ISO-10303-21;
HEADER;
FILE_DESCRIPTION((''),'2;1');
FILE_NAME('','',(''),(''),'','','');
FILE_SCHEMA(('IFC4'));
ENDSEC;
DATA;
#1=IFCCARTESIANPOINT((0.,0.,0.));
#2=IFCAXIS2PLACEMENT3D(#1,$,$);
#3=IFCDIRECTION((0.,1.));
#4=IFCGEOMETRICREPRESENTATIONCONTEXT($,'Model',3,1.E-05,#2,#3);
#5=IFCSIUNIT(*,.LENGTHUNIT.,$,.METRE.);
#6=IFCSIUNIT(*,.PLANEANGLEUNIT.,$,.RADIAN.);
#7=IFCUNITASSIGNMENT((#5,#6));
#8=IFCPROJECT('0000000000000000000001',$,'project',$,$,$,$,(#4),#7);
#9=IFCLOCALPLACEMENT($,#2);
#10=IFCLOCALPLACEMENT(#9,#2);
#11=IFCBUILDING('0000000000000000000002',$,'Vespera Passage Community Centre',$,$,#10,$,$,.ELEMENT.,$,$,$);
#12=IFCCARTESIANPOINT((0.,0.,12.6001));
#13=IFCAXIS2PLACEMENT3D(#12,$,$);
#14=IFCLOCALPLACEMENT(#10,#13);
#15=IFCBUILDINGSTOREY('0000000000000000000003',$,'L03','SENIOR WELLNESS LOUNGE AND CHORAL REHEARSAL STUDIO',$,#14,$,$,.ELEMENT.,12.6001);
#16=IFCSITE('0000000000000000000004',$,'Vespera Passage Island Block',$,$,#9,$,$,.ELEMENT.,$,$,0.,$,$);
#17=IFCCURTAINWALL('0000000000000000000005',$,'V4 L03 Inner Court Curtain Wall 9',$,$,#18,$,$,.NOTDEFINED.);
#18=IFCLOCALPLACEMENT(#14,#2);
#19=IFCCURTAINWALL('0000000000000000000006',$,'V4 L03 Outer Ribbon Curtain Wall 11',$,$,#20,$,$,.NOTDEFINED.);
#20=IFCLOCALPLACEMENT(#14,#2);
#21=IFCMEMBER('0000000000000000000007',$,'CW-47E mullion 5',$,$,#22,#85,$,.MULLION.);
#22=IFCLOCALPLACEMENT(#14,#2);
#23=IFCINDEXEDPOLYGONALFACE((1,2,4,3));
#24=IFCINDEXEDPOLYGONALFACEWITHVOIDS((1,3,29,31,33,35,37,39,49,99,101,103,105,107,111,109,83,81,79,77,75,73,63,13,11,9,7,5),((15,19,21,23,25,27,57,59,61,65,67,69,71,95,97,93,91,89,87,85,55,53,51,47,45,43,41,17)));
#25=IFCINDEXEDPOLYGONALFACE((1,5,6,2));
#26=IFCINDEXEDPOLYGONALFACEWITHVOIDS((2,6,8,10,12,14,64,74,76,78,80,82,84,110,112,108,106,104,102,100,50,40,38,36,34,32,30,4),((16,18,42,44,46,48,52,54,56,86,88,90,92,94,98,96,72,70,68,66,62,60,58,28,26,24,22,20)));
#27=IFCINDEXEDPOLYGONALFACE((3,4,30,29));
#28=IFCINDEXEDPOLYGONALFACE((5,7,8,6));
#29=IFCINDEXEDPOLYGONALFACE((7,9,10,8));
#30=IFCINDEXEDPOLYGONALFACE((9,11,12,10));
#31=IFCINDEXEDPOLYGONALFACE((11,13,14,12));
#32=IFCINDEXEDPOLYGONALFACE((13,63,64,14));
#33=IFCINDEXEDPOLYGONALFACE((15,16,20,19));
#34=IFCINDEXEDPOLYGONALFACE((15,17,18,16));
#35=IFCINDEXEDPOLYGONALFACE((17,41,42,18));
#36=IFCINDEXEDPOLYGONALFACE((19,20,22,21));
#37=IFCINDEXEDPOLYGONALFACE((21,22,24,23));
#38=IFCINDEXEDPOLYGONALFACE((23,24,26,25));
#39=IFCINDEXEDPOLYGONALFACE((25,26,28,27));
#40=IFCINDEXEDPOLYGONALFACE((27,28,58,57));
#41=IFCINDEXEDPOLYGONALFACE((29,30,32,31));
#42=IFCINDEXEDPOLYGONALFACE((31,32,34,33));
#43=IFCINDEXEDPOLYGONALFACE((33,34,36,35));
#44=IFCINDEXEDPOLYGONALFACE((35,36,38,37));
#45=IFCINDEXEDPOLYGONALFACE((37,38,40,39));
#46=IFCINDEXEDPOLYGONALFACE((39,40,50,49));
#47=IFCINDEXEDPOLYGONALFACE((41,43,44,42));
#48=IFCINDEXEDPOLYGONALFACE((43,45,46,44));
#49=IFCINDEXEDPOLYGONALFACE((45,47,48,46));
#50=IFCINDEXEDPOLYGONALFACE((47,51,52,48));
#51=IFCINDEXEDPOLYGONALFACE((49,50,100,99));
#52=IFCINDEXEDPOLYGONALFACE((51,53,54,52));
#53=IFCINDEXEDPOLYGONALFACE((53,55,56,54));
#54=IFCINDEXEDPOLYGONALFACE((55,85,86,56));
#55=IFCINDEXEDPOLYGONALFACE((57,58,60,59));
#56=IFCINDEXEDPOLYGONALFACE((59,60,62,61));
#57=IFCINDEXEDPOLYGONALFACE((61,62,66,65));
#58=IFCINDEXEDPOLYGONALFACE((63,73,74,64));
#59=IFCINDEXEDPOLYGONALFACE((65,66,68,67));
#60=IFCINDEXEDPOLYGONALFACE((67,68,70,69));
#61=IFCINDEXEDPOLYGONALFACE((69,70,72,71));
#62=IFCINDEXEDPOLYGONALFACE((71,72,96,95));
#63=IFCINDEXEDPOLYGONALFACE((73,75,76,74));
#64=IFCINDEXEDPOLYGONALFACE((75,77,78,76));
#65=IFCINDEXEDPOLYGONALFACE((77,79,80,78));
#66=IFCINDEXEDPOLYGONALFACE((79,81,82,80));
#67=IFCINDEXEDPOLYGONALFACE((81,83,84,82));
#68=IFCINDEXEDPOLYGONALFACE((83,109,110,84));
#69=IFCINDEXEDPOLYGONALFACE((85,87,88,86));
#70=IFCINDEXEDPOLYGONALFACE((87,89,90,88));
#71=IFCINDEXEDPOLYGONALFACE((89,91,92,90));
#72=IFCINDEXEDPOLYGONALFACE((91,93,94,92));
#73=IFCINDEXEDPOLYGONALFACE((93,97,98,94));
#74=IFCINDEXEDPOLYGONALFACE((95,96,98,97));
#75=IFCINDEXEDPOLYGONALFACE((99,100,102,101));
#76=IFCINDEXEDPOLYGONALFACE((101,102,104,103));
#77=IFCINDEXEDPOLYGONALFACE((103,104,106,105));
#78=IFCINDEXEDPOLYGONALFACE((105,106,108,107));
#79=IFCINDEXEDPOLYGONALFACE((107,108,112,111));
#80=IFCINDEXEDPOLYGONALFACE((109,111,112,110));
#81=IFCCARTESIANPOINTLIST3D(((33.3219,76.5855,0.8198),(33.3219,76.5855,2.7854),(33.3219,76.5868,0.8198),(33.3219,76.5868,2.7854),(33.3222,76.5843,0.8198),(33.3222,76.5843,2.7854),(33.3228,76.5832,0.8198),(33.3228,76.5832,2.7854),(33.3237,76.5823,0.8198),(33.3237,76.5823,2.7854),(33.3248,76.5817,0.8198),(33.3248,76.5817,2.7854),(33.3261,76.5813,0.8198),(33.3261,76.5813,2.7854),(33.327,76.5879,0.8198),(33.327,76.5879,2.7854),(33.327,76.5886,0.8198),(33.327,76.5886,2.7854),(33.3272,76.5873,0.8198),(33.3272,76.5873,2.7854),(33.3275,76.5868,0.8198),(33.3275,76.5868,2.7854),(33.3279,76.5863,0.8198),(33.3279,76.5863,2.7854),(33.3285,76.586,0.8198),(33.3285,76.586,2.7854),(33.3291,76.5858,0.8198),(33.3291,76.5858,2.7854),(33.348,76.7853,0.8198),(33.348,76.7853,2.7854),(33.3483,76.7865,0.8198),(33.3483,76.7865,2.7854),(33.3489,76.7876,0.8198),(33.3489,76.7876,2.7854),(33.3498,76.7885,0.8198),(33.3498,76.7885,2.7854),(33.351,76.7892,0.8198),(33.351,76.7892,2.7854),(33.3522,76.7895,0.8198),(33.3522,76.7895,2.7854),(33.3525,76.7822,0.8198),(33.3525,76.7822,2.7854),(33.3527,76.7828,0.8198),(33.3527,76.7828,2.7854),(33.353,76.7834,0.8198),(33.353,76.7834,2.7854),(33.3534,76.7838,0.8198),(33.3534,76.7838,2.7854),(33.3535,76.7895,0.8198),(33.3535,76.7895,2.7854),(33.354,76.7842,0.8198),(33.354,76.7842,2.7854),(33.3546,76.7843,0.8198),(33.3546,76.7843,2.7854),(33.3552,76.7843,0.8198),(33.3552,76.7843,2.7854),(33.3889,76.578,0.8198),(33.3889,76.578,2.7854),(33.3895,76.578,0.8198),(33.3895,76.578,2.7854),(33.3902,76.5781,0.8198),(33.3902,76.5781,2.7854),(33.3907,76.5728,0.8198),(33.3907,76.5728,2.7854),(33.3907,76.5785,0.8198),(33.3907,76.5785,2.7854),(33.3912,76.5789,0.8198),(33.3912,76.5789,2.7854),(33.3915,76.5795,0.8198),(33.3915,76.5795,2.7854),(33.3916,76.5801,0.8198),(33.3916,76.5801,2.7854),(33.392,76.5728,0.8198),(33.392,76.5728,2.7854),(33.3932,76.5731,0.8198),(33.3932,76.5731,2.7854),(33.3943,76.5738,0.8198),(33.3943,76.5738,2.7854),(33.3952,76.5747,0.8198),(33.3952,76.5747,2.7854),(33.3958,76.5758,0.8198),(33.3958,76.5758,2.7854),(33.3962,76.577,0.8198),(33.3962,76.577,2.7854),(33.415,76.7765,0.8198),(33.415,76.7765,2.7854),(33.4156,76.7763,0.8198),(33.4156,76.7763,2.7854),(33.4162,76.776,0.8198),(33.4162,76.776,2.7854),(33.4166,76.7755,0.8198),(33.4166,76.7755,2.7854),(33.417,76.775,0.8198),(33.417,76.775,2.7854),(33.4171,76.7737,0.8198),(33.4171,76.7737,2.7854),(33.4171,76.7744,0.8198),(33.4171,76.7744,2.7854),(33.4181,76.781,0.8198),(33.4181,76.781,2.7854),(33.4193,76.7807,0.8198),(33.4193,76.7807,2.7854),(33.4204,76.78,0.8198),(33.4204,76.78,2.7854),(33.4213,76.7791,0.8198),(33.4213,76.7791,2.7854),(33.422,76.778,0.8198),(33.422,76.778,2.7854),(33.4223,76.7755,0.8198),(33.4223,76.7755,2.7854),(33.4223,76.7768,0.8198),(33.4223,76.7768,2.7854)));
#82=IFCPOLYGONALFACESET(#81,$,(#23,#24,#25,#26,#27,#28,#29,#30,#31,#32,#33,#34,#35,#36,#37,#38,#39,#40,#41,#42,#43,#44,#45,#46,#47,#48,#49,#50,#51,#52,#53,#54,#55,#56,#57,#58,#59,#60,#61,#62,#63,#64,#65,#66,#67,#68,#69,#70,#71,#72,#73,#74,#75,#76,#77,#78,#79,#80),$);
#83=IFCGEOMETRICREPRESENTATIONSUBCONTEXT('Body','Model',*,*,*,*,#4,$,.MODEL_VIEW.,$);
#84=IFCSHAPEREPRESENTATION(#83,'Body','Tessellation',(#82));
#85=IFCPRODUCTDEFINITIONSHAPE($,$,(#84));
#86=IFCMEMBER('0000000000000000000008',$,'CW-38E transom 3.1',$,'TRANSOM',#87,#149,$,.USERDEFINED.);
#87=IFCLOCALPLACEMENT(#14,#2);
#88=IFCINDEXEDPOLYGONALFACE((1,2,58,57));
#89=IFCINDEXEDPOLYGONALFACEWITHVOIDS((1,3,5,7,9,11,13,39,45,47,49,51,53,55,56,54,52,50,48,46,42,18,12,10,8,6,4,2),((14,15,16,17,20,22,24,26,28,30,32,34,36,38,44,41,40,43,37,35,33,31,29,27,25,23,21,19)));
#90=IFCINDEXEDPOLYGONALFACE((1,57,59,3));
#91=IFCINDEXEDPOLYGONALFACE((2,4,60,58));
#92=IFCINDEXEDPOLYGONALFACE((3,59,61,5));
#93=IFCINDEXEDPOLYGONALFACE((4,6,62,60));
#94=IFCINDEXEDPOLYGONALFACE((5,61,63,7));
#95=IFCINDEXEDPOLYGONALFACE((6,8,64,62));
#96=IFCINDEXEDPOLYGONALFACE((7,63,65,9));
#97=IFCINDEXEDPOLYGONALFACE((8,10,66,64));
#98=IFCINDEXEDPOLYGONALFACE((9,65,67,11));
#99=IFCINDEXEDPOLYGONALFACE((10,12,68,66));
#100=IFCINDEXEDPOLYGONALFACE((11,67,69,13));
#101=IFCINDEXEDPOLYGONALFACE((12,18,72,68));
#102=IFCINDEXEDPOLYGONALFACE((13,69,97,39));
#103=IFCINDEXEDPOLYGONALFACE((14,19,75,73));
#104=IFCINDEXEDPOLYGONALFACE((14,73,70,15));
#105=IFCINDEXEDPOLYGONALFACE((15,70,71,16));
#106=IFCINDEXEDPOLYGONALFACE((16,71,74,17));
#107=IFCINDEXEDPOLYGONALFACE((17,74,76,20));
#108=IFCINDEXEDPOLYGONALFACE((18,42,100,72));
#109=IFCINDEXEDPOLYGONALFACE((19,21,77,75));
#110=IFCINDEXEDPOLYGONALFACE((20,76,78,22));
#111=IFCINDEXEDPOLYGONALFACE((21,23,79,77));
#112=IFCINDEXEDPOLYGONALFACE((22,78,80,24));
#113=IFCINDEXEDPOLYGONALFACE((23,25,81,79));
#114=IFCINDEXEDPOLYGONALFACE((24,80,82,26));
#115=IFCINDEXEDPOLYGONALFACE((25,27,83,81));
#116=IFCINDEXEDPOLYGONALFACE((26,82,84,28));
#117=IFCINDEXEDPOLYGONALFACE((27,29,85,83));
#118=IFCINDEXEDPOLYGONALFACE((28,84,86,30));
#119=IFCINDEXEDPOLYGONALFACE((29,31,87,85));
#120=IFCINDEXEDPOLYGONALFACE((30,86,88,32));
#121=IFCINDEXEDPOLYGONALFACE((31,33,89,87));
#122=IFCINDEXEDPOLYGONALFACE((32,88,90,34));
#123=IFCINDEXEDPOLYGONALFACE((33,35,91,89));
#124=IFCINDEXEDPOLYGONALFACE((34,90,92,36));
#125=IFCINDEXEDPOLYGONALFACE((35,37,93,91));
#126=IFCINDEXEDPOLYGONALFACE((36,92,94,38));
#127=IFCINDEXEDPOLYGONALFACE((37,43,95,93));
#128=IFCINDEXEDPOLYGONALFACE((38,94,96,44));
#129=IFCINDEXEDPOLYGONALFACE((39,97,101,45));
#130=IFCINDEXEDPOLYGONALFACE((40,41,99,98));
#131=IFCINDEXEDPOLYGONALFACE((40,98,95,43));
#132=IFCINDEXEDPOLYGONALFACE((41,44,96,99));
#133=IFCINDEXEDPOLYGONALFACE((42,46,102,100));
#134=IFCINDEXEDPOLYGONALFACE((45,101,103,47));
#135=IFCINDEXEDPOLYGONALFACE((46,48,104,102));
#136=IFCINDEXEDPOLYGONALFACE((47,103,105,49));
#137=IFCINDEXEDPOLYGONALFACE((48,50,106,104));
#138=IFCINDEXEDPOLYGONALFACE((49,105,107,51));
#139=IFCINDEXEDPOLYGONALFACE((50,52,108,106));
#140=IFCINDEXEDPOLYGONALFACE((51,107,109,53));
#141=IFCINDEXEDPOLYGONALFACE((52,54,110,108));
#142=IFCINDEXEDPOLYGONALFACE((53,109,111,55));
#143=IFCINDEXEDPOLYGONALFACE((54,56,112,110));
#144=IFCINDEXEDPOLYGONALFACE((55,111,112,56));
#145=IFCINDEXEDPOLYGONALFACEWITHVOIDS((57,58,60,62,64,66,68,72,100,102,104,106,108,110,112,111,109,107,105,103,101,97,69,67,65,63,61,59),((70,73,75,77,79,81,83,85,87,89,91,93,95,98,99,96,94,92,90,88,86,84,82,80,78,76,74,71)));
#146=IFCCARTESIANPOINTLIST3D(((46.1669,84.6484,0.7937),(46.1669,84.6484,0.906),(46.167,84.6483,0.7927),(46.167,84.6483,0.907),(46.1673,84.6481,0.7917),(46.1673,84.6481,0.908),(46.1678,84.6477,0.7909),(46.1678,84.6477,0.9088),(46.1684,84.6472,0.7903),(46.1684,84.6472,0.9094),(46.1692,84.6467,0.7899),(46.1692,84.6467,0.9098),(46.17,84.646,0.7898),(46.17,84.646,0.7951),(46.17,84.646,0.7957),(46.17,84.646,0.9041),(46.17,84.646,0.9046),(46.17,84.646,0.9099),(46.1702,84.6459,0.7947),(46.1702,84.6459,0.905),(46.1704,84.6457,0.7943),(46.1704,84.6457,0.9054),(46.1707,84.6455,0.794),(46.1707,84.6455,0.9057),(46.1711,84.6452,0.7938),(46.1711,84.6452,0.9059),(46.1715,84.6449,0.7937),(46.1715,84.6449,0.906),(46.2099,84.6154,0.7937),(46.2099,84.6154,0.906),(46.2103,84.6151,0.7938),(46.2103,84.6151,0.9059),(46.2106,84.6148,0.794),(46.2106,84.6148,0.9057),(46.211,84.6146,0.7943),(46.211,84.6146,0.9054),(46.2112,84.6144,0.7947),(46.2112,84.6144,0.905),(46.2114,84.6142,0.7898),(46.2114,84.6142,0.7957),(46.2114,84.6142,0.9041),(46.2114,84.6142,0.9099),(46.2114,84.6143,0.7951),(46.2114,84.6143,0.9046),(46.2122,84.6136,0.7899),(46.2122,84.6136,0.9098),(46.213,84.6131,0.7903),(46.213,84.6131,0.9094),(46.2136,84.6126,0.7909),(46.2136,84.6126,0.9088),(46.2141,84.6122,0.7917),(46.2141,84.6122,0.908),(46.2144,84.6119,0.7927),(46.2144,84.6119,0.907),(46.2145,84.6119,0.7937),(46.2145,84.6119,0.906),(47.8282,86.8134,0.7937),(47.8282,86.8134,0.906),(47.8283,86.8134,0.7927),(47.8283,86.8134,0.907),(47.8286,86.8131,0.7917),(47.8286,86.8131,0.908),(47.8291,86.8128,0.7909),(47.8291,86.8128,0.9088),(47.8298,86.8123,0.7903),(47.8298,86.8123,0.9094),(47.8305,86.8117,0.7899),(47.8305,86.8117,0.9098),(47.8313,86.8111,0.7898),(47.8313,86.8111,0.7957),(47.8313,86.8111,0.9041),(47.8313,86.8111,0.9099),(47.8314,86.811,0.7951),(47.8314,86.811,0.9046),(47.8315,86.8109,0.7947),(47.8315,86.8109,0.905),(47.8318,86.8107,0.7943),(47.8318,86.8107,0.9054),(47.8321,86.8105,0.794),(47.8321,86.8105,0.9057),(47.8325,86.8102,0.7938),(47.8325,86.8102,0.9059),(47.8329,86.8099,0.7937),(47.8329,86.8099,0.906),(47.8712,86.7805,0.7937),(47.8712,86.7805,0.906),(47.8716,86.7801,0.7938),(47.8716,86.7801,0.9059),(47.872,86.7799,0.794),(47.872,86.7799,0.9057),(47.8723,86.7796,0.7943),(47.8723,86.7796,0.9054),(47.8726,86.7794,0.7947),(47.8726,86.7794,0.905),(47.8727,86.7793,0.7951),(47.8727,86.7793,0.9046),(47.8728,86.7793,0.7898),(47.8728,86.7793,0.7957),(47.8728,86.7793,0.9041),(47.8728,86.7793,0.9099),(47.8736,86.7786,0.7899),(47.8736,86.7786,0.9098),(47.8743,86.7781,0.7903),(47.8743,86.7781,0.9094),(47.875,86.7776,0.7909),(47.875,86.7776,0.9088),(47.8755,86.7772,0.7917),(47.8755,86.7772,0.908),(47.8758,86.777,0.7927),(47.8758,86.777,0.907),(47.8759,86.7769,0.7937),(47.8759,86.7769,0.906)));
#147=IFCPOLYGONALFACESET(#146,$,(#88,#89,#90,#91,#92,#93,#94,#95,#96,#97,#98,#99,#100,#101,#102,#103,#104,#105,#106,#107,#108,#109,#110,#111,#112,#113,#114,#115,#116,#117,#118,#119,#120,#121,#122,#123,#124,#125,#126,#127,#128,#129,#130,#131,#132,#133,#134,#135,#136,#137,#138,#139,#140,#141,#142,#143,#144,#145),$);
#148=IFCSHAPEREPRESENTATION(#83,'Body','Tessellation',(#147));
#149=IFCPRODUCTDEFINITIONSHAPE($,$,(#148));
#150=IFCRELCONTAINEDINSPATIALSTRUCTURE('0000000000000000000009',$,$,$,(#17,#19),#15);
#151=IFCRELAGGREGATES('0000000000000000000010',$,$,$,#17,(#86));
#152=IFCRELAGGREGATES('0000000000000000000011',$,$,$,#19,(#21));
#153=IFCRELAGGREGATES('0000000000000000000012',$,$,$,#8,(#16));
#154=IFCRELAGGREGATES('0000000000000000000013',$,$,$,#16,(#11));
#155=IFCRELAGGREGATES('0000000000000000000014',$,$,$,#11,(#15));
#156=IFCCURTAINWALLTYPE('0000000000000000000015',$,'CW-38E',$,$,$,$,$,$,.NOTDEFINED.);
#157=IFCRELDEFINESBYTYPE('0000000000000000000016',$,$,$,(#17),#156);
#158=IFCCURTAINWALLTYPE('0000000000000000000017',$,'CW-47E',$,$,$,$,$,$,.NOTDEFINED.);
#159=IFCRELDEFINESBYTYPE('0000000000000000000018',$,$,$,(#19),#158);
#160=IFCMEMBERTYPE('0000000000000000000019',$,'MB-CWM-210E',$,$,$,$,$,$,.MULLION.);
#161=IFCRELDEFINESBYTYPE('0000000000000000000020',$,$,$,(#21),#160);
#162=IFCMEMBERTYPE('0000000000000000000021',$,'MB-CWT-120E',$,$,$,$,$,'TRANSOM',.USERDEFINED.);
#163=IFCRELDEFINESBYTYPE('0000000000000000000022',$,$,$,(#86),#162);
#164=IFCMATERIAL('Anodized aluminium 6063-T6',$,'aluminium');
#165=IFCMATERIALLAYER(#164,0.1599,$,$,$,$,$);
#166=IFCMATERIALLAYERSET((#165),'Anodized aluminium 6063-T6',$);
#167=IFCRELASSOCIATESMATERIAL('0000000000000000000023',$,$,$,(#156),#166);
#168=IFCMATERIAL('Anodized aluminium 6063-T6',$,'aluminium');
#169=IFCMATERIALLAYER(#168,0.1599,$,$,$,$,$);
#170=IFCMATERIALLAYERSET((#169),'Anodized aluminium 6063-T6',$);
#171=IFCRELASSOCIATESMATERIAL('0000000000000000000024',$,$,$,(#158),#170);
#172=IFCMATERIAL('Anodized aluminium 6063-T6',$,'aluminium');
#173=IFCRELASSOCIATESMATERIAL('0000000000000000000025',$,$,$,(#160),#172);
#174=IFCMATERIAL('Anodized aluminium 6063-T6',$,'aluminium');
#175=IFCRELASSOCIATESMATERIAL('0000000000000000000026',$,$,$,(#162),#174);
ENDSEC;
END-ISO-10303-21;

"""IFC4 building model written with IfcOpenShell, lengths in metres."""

from ifc_helpers import new_model, si_unit, direction, frame, origin, origin_2d, place, context, subcontext, project, spatial, hollow_rectangle, extrude, material, layer, layer_set, material_profile, profile_set, type_object, element, aggregate, save


model = new_model("IFC4")

# Units and contexts
model_context = context("Model", 3, precision=1e-05, world=origin(), true_north=direction((0.0, 1.0)))
body_context = subcontext(model_context, "Body", "Model", "MODEL_VIEW")
ifc_project = project(units=[si_unit("LENGTHUNIT", "METRE"), si_unit("PLANEANGLEUNIT", "RADIAN")], contexts=[model_context])

# Site, building, storey
site_placement = place(None, origin())
site = spatial("IfcSite", under=ifc_project, at=site_placement, Name="Vespera Passage Island Block", CompositionType="ELEMENT", RefElevation=0.0)
building_placement = place(site_placement, origin())
building = spatial("IfcBuilding", under=site, at=building_placement, Name="Vespera Passage Community Centre", CompositionType="ELEMENT")
storey_placement = place(building_placement, frame((0.0, 0.0, 12.6001)))
storey = spatial("IfcBuildingStorey", under=building, at=storey_placement, Name="L03", Description="SENIOR WELLNESS LOUNGE AND CHORAL REHEARSAL STUDIO", CompositionType="ELEMENT", Elevation=12.6001)

# Curtain wall
ifc_material_1 = material(Name="Anodized aluminium 6063-T6", Category="aluminium")
ifc_layer_1 = layer(ifc_material_1, 0.1599)
ifc_layer_set_1 = layer_set([ifc_layer_1], Name="Anodized aluminium 6063-T6")
curtain_wall_type_1 = type_object("IfcCurtainWallType", Name="CW-38E", PredefinedType="NOTDEFINED", material=ifc_layer_set_1)
curtain_wall_1_placement = place(storey_placement, origin())
curtain_wall_1 = element("IfcCurtainWall", 1, at=curtain_wall_1_placement, inside=storey, type_object=curtain_wall_type_1, Name="V4 L03 Inner Court Curtain Wall 9", PredefinedType="NOTDEFINED")

# Curtain wall, member
ifc_material_2 = material(Name="Anodized aluminium 6063-T6", Category="aluminium")
ifc_layer_2 = layer(ifc_material_2, 0.1599)
ifc_layer_set_2 = layer_set([ifc_layer_2], Name="Anodized aluminium 6063-T6")
curtain_wall_type_2 = type_object("IfcCurtainWallType", Name="CW-47E", PredefinedType="NOTDEFINED", material=ifc_layer_set_2)
curtain_wall_2_placement = place(storey_placement, origin())
curtain_wall_2 = element("IfcCurtainWall", 2, at=curtain_wall_2_placement, inside=storey, type_object=curtain_wall_type_2, Name="V4 L03 Outer Ribbon Curtain Wall 11", PredefinedType="NOTDEFINED")
ifc_material_3 = material(Name="Anodized aluminium 6063-T6", Category="aluminium")
ifc_material_profile_1 = material_profile(ifc_material_3, hollow_rectangle(XDim=0.075, YDim=0.21, WallThickness=0.0049, InnerFilletRadius=0.0024, OuterFilletRadius=0.0049, at=origin_2d()), Name="ALU210X75X5")
ifc_profile_set_1 = profile_set([ifc_material_profile_1], Name="Anodized aluminium 6063-T6")
member_type_1 = type_object("IfcMemberType", Name="MB-CWM-210E", PredefinedType="MULLION", material=ifc_profile_set_1)
member_1_placement = place(storey_placement, frame((33.3721, 76.6812, 0.8198), z_axis=(0.0, 0.0, 1.0), x_axis=(-0.991445, 0.130523, 0.0)))
member_1 = element("IfcMember", 3, at=member_1_placement, type_object=member_type_1, Name="CW-47E mullion 5", PredefinedType="MULLION", context=body_context, shape_type="SweptSolid", body=[
    extrude(hollow_rectangle(XDim=0.075, YDim=0.21, WallThickness=0.0049, InnerFilletRadius=0.0024, OuterFilletRadius=0.0049, at=origin_2d()), origin(), (0.0, 0.0, 1.0), 1.9656),
])

# Member
ifc_material_4 = material(Name="Anodized aluminium 6063-T6", Category="aluminium")
ifc_material_profile_2 = material_profile(ifc_material_4, hollow_rectangle(XDim=0.0601, YDim=0.1201, WallThickness=0.0039, InnerFilletRadius=0.002, OuterFilletRadius=0.0039, at=origin_2d()), Name="ALU120X60X4")
ifc_profile_set_2 = profile_set([ifc_material_profile_2], Name="Anodized aluminium 6063-T6")
member_type_2 = type_object("IfcMemberType", Name="MB-CWT-120E", ElementType="TRANSOM", PredefinedType="USERDEFINED", material=ifc_profile_set_2)
member_2_placement = place(storey_placement, frame((47.8521, 86.7952, 0.8499), z_axis=(-0.608781, -0.793338, 0.0), x_axis=(0.793338, -0.608781, 0.0)))
member_2 = element("IfcMember", 4, at=member_2_placement, type_object=member_type_2, Name="CW-38E transom 3.1", ObjectType="TRANSOM", PredefinedType="USERDEFINED", context=body_context, shape_type="SweptSolid", body=[
    extrude(hollow_rectangle(XDim=0.0601, YDim=0.1201, WallThickness=0.0039, InnerFilletRadius=0.002, OuterFilletRadius=0.0039, at=origin_2d()), origin(), (0.0, 0.0, 1.0), 2.729),
])

aggregate(curtain_wall_1, [member_2])
aggregate(curtain_wall_2, [member_1])

save(model, "model.ifc")
